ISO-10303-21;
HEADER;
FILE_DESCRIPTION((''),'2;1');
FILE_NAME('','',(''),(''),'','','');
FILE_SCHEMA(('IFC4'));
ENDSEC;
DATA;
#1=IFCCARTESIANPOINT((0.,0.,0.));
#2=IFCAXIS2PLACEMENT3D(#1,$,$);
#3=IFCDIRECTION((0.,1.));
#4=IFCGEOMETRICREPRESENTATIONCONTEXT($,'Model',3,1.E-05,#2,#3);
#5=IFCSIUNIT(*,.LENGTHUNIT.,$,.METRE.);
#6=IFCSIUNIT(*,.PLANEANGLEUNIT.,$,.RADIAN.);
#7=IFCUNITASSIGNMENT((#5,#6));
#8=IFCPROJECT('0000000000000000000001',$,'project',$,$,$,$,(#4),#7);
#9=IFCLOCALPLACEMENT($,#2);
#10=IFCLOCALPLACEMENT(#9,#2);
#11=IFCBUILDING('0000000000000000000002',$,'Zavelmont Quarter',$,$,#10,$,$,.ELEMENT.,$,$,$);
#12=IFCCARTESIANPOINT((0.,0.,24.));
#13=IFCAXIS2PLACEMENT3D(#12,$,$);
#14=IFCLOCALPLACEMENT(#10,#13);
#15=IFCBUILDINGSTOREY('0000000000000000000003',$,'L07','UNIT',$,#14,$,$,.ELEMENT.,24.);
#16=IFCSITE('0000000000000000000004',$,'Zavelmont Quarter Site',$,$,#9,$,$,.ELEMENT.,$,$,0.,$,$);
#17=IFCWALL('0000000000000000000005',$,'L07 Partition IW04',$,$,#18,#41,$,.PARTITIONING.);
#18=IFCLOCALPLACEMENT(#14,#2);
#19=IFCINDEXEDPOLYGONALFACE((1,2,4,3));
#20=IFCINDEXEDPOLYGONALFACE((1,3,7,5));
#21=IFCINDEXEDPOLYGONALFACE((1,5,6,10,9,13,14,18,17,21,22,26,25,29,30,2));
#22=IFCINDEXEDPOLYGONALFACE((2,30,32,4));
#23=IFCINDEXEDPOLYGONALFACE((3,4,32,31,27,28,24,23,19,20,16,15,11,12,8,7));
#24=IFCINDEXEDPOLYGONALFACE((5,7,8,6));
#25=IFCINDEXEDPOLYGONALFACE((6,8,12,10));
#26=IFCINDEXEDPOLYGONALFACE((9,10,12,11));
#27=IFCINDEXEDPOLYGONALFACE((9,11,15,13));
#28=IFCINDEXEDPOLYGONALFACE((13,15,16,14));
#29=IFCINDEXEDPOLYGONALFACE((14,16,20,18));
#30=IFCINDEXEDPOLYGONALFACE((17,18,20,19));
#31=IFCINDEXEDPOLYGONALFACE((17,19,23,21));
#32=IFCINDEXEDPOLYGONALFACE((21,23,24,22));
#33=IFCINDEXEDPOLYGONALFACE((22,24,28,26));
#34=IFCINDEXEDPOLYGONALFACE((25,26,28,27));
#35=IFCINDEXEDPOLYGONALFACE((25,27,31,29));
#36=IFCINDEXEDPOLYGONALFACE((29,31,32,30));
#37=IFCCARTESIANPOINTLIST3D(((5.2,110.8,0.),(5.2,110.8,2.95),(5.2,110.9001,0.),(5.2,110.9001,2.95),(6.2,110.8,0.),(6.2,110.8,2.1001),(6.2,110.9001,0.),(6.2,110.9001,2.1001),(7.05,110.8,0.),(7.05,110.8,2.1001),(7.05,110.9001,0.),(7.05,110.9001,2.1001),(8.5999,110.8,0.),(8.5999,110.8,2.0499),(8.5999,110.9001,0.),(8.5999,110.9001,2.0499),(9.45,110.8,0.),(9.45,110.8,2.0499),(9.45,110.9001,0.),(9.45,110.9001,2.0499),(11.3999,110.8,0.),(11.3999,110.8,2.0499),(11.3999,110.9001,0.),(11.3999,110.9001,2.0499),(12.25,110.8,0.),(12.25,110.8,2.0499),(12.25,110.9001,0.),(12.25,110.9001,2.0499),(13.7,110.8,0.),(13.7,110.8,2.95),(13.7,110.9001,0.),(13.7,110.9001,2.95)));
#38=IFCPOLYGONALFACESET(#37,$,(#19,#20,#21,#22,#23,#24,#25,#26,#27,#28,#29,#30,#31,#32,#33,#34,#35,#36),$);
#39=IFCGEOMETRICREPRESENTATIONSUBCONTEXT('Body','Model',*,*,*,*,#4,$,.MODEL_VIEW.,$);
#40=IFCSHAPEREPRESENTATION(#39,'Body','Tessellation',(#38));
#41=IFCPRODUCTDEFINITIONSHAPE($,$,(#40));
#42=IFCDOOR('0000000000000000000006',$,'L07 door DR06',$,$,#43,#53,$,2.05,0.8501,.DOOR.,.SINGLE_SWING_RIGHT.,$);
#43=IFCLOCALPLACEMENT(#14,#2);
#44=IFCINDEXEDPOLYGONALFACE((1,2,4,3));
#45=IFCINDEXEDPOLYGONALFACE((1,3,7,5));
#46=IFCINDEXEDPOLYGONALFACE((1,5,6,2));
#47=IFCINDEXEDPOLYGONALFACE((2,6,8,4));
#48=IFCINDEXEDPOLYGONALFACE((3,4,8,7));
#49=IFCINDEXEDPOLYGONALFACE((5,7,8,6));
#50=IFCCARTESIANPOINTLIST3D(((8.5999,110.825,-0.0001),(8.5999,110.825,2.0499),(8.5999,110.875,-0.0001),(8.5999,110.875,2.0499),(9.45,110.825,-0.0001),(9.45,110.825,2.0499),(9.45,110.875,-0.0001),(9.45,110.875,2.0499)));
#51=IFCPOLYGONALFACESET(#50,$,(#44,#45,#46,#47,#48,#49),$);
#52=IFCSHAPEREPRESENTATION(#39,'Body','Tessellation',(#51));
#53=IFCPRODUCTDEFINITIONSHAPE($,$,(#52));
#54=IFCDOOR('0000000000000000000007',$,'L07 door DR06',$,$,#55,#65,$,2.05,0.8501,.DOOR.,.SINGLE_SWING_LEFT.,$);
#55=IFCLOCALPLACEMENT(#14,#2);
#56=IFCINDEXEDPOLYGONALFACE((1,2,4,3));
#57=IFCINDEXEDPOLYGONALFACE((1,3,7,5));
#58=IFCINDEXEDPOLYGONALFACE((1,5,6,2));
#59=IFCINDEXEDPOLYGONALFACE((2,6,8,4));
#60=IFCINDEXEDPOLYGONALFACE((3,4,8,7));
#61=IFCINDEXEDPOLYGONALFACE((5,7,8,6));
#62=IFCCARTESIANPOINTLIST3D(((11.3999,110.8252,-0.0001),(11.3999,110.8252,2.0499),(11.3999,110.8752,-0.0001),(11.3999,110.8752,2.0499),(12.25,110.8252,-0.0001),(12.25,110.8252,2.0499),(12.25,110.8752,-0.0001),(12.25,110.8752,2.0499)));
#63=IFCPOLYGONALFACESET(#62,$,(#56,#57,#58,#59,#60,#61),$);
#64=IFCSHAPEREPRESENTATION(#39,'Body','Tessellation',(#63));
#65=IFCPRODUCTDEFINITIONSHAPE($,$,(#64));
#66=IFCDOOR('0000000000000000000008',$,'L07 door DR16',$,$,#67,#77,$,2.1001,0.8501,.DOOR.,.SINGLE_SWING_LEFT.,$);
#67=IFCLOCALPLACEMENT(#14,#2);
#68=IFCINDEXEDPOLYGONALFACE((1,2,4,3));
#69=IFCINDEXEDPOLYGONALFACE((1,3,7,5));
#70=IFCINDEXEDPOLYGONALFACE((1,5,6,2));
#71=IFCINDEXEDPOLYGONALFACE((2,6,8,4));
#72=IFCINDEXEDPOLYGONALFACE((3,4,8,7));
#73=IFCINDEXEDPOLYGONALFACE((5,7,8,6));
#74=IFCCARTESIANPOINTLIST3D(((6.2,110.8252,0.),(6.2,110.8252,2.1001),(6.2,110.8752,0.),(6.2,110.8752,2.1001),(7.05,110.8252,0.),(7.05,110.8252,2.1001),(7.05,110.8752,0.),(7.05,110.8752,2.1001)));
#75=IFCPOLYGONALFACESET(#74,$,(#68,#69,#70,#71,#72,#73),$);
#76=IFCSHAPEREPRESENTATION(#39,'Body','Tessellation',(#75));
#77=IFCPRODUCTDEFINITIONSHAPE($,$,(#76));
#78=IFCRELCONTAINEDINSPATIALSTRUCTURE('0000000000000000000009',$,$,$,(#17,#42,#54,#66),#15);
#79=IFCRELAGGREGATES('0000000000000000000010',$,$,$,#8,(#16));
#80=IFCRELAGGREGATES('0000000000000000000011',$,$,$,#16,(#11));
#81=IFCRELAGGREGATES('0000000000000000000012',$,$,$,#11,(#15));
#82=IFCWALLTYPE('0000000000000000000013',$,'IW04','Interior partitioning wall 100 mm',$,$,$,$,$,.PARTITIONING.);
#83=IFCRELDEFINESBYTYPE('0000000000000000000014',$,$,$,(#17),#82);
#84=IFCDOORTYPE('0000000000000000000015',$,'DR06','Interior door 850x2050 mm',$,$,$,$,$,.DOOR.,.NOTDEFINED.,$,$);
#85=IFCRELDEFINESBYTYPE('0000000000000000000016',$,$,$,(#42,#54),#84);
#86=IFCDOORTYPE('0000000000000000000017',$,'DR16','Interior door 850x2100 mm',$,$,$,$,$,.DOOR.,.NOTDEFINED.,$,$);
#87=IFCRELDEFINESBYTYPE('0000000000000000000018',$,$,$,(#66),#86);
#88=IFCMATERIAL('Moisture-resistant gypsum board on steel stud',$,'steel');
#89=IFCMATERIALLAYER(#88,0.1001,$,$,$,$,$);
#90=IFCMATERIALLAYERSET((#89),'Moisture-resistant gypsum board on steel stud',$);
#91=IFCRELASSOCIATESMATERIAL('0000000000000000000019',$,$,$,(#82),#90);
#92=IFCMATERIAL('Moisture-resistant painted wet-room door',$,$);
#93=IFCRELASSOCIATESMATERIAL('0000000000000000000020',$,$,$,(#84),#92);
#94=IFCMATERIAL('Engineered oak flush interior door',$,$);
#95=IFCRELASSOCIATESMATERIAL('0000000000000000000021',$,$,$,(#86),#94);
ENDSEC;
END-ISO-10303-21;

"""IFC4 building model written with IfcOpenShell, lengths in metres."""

from ifc_helpers import new_model, si_unit, direction, frame, frame_2d, origin, origin_with_axes, place, context, subcontext, project, spatial, rectangle, extrude, material, layer, layer_set, type_object, element, fill, save


model = new_model("IFC4")

# Units and contexts
model_context = context("Model", 3, precision=1e-05, world=origin(), true_north=direction((0.0, 1.0)))
body_context = subcontext(model_context, "Body", "Model", "MODEL_VIEW")
ifc_project = project(units=[si_unit("LENGTHUNIT", "METRE"), si_unit("PLANEANGLEUNIT", "RADIAN")], contexts=[model_context])

# Site, building, storey
site_placement = place(None, origin())
site = spatial("IfcSite", under=ifc_project, at=site_placement, Name="Zavelmont Quarter Site", CompositionType="ELEMENT", RefElevation=0.0)
building_placement = place(site_placement, origin())
building = spatial("IfcBuilding", under=site, at=building_placement, Name="Zavelmont Quarter", CompositionType="ELEMENT")
storey_placement = place(building_placement, frame((0.0, 0.0, 24.0)))
storey = spatial("IfcBuildingStorey", under=building, at=storey_placement, Name="L07", Description="UNIT", CompositionType="ELEMENT", Elevation=24.0)

# Shared definitions
ifc_material_1 = material(Name="Engineered oak flush interior door")

# Wall, openings, doors
ifc_material_2 = material(Name="Moisture-resistant gypsum board on steel stud", Category="steel")
ifc_layer_1 = layer(ifc_material_2, 0.1001)
ifc_layer_set_1 = layer_set([ifc_layer_1], Name="Moisture-resistant gypsum board on steel stud")
wall_type_1 = type_object("IfcWallType", Name="IW04", Description="Interior partitioning wall 100 mm", PredefinedType="PARTITIONING", material=ifc_layer_set_1)
wall_1_placement = place(storey_placement, frame((5.2, 110.8501, 0.0), z_axis=(0.0, 0.0, 1.0), x_axis=(1.0, 0.0, 0.0)))
wall_1 = element("IfcWall", 1, at=wall_1_placement, inside=storey, type_object=wall_type_1, Name="L07 Partition IW04", PredefinedType="PARTITIONING", context=body_context, shape_type="SweptSolid", body=[
    extrude(rectangle(XDim=8.5, YDim=0.1001, at=frame_2d((4.25, 0.0))), origin(), (0.0, 0.0, 1.0), 2.95),
])
opening_1_placement = place(wall_1_placement, frame((1.0, 0.0, 0.0)))
opening_1 = element("IfcOpeningElement", 2, at=opening_1_placement, cuts=wall_1, PredefinedType="OPENING", context=body_context, shape_type="SweptSolid", body=[
    extrude(rectangle(XDim=0.8501, YDim=2.1001, at=frame_2d((0.425, 1.05))), frame((0.0, 0.062, 0.0), z_axis=(0.0, -1.0, 0.0), x_axis=(1.0, 0.0, 0.0)), (0.0, 0.0, 1.0), 0.124),
])
opening_2_placement = place(wall_1_placement, frame((3.3999, 0.0, 0.0)))
opening_2 = element("IfcOpeningElement", 3, at=opening_2_placement, cuts=wall_1, PredefinedType="OPENING", context=body_context, shape_type="SweptSolid", body=[
    extrude(rectangle(XDim=0.8501, YDim=2.05, at=frame_2d((0.425, 1.0249))), frame((0.0, 0.062, 0.0), z_axis=(0.0, -1.0, 0.0), x_axis=(1.0, 0.0, 0.0)), (0.0, 0.0, 1.0), 0.124),
])
opening_3_placement = place(wall_1_placement, frame((6.2, 0.0, 0.0)))
opening_3 = element("IfcOpeningElement", 4, at=opening_3_placement, cuts=wall_1, PredefinedType="OPENING", context=body_context, shape_type="SweptSolid", body=[
    extrude(rectangle(XDim=0.8501, YDim=2.05, at=frame_2d((0.425, 1.0249))), frame((0.0, 0.062, 0.0), z_axis=(0.0, -1.0, 0.0), x_axis=(1.0, 0.0, 0.0)), (0.0, 0.0, 1.0), 0.124),
])
ifc_material_3 = material(Name="Moisture-resistant painted wet-room door")
door_type_1 = type_object("IfcDoorType", Name="DR06", Description="Interior door 850x2050 mm", OperationType="NOTDEFINED", PredefinedType="DOOR", material=ifc_material_3)
door_1_placement = place(opening_2_placement, origin_with_axes())
door_1 = element("IfcDoor", 5, at=door_1_placement, inside=storey, type_object=door_type_1, Name="L07 door DR06", OperationType="SINGLE_SWING_RIGHT", OverallHeight=2.05, OverallWidth=0.8501, PredefinedType="DOOR", context=body_context, shape_type="SweptSolid", body=[
    extrude(rectangle(XDim=0.8501, YDim=2.05, at=frame_2d((0.425, 1.0249))), frame((0.0, 0.0249, 0.0), z_axis=(0.0, -1.0, 0.0), x_axis=(1.0, 0.0, 0.0)), (0.0, 0.0, 1.0), 0.05),
])
fill(opening_2, door_1)
door_2_placement = place(opening_3_placement, frame((0.8501, 0.0, 0.0), z_axis=(0.0, 0.0, 1.0), x_axis=(-1.0, 0.0, 0.0)))
door_2 = element("IfcDoor", 6, at=door_2_placement, inside=storey, type_object=door_type_1, Name="L07 door DR06", OperationType="SINGLE_SWING_LEFT", OverallHeight=2.05, OverallWidth=0.8501, PredefinedType="DOOR", context=body_context, shape_type="SweptSolid", body=[
    extrude(rectangle(XDim=0.8501, YDim=2.05, at=frame_2d((0.425, 1.0249))), frame((0.0, 0.0249, 0.0), z_axis=(0.0, -1.0, 0.0), x_axis=(1.0, 0.0, 0.0)), (0.0, 0.0, 1.0), 0.05),
])
fill(opening_3, door_2)
door_type_2 = type_object("IfcDoorType", Name="DR16", Description="Interior door 850x2100 mm", OperationType="NOTDEFINED", PredefinedType="DOOR", material=ifc_material_1)
door_3_placement = place(opening_1_placement, frame((0.8501, 0.0, 0.0), z_axis=(0.0, 0.0, 1.0), x_axis=(-1.0, 0.0, 0.0)))
door_3 = element("IfcDoor", 7, at=door_3_placement, inside=storey, type_object=door_type_2, Name="L07 door DR16", OperationType="SINGLE_SWING_LEFT", OverallHeight=2.1001, OverallWidth=0.8501, PredefinedType="DOOR", context=body_context, shape_type="SweptSolid", body=[
    extrude(rectangle(XDim=0.8501, YDim=2.1001, at=frame_2d((0.425, 1.05))), frame((0.0, 0.0249, 0.0), z_axis=(0.0, -1.0, 0.0), x_axis=(1.0, 0.0, 0.0)), (0.0, 0.0, 1.0), 0.05),
])
fill(opening_1, door_3)

save(model, "model.ifc")
